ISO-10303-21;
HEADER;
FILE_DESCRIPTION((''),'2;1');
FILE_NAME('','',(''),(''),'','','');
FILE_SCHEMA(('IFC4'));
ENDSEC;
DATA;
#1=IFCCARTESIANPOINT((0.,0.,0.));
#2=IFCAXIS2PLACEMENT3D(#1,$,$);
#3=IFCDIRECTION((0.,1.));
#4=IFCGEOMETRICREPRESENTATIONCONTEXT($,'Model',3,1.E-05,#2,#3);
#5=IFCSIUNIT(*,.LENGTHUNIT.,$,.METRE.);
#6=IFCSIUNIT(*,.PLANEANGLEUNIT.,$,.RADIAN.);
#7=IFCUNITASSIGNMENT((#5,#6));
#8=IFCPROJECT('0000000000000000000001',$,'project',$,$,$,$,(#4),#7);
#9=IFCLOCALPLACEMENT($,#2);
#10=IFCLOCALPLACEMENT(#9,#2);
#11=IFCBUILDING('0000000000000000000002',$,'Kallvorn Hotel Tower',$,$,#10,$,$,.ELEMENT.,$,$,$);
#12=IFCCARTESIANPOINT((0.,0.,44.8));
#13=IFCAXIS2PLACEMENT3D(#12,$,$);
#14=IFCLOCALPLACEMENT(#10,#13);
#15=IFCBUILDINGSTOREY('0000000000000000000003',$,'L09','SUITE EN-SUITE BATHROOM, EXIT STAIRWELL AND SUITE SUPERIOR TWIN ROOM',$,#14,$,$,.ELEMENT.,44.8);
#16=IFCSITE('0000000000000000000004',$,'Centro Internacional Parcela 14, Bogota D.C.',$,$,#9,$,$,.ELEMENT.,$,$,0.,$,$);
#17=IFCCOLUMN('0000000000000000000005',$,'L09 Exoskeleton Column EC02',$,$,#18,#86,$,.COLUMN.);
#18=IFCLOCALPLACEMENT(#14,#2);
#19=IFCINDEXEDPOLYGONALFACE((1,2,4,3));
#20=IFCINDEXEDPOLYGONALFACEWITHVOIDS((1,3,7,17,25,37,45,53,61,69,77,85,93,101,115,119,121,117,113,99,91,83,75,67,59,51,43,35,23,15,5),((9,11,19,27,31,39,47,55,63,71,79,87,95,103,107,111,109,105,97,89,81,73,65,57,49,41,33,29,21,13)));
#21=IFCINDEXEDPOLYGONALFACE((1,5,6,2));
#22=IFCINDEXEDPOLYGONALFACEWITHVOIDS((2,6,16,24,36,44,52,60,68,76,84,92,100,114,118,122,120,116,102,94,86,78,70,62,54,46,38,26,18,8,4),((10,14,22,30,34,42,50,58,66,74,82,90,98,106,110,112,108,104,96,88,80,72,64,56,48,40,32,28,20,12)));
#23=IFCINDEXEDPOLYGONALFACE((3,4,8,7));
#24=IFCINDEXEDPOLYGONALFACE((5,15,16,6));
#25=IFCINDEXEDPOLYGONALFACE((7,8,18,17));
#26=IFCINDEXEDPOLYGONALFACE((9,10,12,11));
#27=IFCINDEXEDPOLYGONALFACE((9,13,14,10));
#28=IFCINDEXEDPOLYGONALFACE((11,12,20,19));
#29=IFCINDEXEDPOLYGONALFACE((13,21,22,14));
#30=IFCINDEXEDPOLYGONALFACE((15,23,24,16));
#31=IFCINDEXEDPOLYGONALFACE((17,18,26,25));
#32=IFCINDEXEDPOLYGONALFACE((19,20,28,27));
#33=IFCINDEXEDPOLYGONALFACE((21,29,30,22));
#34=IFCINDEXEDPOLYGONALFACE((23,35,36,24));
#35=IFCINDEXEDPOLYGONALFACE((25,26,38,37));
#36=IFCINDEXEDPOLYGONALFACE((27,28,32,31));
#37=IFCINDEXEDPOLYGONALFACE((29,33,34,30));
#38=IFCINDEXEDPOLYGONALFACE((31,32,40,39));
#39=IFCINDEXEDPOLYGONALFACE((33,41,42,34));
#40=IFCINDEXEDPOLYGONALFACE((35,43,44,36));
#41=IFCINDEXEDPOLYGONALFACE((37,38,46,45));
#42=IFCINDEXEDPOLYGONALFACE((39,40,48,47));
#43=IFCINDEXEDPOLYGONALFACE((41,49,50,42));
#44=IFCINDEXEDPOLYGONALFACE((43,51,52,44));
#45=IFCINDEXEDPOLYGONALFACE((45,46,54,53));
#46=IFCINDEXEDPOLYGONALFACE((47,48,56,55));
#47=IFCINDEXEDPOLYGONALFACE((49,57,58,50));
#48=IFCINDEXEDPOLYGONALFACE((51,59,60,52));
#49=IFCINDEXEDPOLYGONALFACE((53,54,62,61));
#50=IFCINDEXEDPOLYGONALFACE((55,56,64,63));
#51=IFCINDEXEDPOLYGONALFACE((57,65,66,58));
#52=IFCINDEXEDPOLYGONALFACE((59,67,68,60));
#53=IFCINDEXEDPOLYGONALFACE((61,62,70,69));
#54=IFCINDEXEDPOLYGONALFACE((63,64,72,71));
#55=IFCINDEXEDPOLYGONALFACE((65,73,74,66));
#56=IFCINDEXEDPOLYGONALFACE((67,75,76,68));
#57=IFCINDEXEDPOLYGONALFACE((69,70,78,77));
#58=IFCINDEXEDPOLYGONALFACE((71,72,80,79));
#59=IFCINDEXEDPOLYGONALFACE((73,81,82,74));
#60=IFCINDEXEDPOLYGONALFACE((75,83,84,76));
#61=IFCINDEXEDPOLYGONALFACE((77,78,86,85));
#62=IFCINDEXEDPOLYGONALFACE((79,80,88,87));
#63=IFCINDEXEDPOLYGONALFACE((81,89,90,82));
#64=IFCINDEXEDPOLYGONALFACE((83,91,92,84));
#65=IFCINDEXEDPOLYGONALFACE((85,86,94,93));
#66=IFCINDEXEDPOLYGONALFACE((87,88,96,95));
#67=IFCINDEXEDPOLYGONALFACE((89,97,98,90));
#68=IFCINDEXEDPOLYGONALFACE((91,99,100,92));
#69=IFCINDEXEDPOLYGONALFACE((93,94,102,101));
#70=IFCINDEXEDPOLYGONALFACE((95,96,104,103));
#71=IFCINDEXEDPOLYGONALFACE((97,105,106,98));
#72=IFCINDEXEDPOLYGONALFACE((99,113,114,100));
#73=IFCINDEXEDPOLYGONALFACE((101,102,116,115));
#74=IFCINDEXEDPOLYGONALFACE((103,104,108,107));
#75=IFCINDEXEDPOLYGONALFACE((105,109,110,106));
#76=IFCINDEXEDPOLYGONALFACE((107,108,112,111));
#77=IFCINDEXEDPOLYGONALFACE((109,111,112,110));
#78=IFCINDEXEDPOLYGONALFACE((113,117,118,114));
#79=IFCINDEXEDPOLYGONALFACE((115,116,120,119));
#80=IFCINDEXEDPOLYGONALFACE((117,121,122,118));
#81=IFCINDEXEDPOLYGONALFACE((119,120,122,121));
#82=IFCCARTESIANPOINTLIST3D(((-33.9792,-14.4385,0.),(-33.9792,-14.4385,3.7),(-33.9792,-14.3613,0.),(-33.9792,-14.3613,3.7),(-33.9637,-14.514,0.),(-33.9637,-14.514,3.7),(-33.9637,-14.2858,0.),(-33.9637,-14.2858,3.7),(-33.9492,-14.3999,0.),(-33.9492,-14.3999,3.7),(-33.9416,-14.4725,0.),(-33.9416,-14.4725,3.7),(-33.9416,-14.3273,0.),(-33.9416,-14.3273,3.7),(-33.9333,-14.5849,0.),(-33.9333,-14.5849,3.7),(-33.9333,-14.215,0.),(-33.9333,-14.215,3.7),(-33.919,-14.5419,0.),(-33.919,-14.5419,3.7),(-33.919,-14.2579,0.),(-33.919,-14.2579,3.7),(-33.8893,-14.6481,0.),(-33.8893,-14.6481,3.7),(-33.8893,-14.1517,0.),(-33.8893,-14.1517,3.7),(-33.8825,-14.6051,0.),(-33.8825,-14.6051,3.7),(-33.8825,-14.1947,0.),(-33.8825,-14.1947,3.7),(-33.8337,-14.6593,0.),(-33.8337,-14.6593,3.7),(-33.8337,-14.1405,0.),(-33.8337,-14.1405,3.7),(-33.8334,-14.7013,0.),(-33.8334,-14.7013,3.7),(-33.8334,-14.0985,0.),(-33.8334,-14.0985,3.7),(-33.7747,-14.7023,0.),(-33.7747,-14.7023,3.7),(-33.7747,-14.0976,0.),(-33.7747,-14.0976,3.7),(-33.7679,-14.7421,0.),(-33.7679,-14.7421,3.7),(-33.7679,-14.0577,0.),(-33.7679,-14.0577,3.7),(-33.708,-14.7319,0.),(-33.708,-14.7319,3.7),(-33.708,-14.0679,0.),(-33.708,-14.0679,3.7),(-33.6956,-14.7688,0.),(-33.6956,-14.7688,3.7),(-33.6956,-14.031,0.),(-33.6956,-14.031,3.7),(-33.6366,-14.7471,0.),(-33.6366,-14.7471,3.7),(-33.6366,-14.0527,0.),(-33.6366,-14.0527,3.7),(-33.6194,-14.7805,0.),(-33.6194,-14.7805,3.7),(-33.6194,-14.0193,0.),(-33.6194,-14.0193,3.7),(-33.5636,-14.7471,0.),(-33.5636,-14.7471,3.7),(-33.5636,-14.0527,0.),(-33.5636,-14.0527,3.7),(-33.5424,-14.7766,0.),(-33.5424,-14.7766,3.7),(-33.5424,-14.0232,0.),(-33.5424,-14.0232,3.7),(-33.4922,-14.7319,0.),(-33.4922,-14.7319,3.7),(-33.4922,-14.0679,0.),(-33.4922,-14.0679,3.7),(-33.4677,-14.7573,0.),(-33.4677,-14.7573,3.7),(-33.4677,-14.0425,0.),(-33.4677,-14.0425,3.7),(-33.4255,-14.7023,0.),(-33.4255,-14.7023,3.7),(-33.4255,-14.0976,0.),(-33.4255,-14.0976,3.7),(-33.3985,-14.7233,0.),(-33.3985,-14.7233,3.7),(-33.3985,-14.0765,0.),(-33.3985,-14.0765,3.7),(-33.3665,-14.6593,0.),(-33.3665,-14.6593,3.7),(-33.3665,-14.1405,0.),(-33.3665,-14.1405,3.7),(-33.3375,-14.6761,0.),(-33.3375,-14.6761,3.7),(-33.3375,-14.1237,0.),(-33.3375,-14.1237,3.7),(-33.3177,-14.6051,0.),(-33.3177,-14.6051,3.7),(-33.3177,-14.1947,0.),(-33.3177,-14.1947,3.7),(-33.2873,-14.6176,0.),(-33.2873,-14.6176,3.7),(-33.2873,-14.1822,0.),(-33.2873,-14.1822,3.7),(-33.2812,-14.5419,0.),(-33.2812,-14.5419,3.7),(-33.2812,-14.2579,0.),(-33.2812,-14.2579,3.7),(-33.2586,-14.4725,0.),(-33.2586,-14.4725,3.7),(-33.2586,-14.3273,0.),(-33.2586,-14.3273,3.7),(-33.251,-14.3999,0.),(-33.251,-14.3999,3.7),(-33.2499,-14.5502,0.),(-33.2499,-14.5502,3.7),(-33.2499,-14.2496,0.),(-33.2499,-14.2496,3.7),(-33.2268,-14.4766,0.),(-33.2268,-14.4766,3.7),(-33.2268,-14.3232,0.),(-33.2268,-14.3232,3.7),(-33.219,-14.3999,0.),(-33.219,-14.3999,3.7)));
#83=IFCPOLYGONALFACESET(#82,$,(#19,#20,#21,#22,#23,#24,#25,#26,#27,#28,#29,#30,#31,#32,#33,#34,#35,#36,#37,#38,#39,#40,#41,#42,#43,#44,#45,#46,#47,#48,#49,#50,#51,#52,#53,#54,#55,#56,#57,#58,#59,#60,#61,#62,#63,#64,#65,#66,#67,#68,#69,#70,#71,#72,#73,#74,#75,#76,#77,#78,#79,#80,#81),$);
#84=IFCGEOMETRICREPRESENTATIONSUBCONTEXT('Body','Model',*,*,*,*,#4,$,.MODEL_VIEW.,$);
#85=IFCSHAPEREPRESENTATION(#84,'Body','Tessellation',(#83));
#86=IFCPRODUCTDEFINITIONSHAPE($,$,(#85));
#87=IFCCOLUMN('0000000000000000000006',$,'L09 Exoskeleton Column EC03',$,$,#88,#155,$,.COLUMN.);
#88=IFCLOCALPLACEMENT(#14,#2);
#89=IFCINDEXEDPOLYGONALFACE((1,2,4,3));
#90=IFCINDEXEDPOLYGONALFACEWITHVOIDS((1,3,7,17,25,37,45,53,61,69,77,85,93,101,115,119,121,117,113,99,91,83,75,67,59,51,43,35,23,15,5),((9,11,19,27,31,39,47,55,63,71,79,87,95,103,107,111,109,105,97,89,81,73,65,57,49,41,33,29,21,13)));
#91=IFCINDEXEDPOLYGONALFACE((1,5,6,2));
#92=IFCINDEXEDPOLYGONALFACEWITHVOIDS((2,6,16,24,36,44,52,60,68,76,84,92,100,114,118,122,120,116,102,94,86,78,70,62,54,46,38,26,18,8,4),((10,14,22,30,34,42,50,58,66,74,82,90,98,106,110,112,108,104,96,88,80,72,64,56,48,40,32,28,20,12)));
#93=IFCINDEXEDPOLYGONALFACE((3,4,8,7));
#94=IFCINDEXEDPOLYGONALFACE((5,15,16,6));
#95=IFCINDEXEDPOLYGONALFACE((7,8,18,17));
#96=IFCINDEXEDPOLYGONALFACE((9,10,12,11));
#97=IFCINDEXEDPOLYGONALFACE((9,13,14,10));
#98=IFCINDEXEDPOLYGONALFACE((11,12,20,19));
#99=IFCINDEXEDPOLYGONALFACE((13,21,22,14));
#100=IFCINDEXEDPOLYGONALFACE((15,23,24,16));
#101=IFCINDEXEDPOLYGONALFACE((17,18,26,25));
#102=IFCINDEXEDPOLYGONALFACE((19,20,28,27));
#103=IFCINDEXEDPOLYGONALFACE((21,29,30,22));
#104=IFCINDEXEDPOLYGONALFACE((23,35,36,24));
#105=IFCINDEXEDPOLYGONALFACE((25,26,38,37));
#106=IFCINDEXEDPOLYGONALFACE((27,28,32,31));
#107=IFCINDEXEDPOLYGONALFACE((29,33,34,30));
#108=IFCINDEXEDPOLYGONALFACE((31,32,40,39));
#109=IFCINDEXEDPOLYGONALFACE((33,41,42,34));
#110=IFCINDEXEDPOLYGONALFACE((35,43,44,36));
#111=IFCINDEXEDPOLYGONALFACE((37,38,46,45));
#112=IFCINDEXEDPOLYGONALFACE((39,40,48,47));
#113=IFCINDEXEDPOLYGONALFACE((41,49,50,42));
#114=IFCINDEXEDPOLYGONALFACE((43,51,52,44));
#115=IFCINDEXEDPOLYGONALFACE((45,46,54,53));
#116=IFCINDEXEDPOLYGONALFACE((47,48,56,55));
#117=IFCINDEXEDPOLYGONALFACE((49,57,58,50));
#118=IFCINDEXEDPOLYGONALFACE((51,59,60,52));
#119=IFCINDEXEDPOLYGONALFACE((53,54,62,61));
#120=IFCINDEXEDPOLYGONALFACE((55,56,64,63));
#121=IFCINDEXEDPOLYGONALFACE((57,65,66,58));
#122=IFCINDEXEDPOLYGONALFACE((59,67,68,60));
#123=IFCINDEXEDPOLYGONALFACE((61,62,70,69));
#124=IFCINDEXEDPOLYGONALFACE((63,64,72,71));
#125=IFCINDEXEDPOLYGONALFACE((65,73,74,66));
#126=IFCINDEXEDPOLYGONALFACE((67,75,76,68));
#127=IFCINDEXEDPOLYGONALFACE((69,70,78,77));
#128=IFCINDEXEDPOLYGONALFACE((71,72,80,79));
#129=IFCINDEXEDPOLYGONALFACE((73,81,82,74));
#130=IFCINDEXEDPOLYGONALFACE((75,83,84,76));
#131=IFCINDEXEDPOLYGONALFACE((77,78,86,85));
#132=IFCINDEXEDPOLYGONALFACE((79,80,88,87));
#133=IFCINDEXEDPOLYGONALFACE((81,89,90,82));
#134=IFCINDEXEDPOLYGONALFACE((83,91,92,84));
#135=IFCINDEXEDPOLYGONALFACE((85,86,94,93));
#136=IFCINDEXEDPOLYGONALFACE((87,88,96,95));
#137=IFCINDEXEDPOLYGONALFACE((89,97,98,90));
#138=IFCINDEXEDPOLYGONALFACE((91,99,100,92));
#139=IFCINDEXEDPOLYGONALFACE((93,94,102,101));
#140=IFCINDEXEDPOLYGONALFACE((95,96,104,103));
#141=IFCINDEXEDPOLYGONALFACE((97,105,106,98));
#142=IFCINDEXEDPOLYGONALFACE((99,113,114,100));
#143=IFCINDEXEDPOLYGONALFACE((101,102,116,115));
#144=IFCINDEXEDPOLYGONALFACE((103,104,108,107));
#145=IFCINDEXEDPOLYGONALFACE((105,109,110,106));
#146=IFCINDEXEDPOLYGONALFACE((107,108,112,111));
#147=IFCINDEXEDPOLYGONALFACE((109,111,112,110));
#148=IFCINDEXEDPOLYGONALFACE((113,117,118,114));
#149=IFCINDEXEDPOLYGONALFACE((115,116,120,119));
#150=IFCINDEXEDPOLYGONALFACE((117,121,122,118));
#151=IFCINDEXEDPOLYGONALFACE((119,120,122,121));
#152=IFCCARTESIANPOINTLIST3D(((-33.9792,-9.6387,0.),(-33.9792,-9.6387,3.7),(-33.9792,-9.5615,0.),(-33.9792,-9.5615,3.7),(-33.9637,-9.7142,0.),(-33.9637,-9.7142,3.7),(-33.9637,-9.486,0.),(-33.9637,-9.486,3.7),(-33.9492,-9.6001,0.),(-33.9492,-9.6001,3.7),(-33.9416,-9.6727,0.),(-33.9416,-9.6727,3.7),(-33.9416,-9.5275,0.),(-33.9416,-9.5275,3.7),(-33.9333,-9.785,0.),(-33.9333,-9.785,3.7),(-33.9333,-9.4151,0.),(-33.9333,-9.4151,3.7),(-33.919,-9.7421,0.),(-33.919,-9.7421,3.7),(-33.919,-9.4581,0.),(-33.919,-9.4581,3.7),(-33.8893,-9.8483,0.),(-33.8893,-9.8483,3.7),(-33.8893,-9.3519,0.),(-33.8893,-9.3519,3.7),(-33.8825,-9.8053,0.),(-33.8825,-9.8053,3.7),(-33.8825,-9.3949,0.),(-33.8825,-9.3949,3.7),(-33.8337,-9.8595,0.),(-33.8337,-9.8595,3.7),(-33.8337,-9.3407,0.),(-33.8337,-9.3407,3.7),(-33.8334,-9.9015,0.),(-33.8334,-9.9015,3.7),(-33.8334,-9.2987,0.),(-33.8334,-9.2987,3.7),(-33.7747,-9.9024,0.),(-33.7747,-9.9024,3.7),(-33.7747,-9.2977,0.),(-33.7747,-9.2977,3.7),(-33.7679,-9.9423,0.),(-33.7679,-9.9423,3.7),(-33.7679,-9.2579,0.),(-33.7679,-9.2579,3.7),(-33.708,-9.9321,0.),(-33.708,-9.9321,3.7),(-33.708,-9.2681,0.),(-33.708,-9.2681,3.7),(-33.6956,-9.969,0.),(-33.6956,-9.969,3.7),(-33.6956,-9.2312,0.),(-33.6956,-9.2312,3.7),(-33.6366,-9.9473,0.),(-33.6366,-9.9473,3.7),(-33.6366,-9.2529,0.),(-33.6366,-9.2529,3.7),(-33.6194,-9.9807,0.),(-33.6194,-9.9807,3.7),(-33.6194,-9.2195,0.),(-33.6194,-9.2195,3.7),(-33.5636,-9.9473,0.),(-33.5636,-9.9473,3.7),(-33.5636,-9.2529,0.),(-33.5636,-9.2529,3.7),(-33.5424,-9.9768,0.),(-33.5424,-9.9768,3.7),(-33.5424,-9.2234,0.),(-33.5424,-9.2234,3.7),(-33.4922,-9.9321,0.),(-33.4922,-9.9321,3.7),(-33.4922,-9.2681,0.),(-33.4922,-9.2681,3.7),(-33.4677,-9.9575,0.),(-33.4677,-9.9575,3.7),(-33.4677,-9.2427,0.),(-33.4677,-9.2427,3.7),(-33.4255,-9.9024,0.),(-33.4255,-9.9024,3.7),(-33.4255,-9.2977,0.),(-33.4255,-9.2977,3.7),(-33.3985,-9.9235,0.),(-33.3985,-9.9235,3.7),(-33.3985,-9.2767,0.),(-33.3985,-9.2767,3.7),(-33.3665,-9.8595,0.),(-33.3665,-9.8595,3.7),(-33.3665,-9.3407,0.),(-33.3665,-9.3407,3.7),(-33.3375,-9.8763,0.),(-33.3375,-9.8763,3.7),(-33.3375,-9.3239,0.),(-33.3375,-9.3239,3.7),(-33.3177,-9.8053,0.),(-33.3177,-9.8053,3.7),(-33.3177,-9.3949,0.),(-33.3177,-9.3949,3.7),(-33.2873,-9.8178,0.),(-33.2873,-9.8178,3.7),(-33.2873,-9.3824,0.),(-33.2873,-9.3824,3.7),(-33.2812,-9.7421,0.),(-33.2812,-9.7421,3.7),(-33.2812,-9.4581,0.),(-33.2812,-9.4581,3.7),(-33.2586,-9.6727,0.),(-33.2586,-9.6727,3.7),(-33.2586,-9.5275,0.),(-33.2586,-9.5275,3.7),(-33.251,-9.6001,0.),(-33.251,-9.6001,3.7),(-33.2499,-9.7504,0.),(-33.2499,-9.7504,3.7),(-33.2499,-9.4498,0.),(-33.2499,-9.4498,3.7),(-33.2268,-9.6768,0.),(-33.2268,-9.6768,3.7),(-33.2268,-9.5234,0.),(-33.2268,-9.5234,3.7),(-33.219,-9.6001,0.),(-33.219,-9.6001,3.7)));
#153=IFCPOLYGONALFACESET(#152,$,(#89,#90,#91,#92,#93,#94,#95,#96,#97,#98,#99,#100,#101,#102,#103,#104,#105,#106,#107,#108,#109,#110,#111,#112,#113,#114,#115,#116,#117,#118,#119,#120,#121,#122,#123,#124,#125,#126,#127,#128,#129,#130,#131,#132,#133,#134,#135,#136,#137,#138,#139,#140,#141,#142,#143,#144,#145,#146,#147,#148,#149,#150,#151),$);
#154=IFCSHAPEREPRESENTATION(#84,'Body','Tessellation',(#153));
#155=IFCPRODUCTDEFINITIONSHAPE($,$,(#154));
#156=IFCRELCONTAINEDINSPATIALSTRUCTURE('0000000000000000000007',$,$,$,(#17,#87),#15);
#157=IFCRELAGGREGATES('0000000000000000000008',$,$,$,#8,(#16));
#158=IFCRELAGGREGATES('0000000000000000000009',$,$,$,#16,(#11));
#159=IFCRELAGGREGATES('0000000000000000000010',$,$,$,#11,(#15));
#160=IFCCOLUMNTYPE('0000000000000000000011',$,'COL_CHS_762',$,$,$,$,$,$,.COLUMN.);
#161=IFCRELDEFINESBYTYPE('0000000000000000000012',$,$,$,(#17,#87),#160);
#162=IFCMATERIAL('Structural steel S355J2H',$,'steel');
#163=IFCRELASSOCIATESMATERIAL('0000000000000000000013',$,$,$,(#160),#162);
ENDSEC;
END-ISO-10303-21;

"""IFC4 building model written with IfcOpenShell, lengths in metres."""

from ifc_helpers import new_model, si_unit, direction, frame, origin, origin_2d, place, context, subcontext, project, spatial, hollow_circle, extrude, material, material_profile, profile_set, type_object, element, save


model = new_model("IFC4")

# Units and contexts
model_context = context("Model", 3, precision=1e-05, world=origin(), true_north=direction((0.0, 1.0)))
body_context = subcontext(model_context, "Body", "Model", "MODEL_VIEW")
ifc_project = project(units=[si_unit("LENGTHUNIT", "METRE"), si_unit("PLANEANGLEUNIT", "RADIAN")], contexts=[model_context])

# Site, building, storey
site_placement = place(None, origin())
site = spatial("IfcSite", under=ifc_project, at=site_placement, Name="Centro Internacional Parcela 14, Bogota D.C.", CompositionType="ELEMENT", RefElevation=0.0)
building_placement = place(site_placement, origin())
building = spatial("IfcBuilding", under=site, at=building_placement, Name="Kallvorn Hotel Tower", CompositionType="ELEMENT")
storey_placement = place(building_placement, frame((0.0, 0.0, 44.8)))
storey = spatial("IfcBuildingStorey", under=building, at=storey_placement, Name="L09", Description="SUITE EN-SUITE BATHROOM, EXIT STAIRWELL AND SUITE SUPERIOR TWIN ROOM", CompositionType="ELEMENT", Elevation=44.8)

# Columns
ifc_material_1 = material(Name="Structural steel S355J2H", Category="steel")
ifc_material_profile_1 = material_profile(ifc_material_1, hollow_circle(Radius=0.3811, WallThickness=0.032, at=origin_2d()), Name="CHS 762x32")
ifc_profile_set_1 = profile_set([ifc_material_profile_1], Name="Structural steel S355J2H")
column_type = type_object("IfcColumnType", Name="COL_CHS_762", PredefinedType="COLUMN", material=ifc_profile_set_1)
for number, where, z_axis, x_axis, name in (
    (1, (-33.6001, -14.3999, 0.0), (0.0, 0.0, 1.0), (1.0, 0.0, 0.0), "L09 Exoskeleton Column EC02"),
    (2, (-33.6001, -9.6001, 0.0), (0.0, 0.0, 1.0), (1.0, 0.0, 0.0), "L09 Exoskeleton Column EC03"),
):
    element("IfcColumn", number, at=place(storey_placement, frame(where, z_axis=z_axis, x_axis=x_axis)), inside=storey, type_object=column_type, Name=name, PredefinedType="COLUMN", context=body_context, shape_type="SweptSolid", body=[
        extrude(hollow_circle(Radius=0.3811, WallThickness=0.032, at=origin_2d()), origin(), (0.0, 0.0, 1.0), 3.7),
    ])

save(model, "model.ifc")
